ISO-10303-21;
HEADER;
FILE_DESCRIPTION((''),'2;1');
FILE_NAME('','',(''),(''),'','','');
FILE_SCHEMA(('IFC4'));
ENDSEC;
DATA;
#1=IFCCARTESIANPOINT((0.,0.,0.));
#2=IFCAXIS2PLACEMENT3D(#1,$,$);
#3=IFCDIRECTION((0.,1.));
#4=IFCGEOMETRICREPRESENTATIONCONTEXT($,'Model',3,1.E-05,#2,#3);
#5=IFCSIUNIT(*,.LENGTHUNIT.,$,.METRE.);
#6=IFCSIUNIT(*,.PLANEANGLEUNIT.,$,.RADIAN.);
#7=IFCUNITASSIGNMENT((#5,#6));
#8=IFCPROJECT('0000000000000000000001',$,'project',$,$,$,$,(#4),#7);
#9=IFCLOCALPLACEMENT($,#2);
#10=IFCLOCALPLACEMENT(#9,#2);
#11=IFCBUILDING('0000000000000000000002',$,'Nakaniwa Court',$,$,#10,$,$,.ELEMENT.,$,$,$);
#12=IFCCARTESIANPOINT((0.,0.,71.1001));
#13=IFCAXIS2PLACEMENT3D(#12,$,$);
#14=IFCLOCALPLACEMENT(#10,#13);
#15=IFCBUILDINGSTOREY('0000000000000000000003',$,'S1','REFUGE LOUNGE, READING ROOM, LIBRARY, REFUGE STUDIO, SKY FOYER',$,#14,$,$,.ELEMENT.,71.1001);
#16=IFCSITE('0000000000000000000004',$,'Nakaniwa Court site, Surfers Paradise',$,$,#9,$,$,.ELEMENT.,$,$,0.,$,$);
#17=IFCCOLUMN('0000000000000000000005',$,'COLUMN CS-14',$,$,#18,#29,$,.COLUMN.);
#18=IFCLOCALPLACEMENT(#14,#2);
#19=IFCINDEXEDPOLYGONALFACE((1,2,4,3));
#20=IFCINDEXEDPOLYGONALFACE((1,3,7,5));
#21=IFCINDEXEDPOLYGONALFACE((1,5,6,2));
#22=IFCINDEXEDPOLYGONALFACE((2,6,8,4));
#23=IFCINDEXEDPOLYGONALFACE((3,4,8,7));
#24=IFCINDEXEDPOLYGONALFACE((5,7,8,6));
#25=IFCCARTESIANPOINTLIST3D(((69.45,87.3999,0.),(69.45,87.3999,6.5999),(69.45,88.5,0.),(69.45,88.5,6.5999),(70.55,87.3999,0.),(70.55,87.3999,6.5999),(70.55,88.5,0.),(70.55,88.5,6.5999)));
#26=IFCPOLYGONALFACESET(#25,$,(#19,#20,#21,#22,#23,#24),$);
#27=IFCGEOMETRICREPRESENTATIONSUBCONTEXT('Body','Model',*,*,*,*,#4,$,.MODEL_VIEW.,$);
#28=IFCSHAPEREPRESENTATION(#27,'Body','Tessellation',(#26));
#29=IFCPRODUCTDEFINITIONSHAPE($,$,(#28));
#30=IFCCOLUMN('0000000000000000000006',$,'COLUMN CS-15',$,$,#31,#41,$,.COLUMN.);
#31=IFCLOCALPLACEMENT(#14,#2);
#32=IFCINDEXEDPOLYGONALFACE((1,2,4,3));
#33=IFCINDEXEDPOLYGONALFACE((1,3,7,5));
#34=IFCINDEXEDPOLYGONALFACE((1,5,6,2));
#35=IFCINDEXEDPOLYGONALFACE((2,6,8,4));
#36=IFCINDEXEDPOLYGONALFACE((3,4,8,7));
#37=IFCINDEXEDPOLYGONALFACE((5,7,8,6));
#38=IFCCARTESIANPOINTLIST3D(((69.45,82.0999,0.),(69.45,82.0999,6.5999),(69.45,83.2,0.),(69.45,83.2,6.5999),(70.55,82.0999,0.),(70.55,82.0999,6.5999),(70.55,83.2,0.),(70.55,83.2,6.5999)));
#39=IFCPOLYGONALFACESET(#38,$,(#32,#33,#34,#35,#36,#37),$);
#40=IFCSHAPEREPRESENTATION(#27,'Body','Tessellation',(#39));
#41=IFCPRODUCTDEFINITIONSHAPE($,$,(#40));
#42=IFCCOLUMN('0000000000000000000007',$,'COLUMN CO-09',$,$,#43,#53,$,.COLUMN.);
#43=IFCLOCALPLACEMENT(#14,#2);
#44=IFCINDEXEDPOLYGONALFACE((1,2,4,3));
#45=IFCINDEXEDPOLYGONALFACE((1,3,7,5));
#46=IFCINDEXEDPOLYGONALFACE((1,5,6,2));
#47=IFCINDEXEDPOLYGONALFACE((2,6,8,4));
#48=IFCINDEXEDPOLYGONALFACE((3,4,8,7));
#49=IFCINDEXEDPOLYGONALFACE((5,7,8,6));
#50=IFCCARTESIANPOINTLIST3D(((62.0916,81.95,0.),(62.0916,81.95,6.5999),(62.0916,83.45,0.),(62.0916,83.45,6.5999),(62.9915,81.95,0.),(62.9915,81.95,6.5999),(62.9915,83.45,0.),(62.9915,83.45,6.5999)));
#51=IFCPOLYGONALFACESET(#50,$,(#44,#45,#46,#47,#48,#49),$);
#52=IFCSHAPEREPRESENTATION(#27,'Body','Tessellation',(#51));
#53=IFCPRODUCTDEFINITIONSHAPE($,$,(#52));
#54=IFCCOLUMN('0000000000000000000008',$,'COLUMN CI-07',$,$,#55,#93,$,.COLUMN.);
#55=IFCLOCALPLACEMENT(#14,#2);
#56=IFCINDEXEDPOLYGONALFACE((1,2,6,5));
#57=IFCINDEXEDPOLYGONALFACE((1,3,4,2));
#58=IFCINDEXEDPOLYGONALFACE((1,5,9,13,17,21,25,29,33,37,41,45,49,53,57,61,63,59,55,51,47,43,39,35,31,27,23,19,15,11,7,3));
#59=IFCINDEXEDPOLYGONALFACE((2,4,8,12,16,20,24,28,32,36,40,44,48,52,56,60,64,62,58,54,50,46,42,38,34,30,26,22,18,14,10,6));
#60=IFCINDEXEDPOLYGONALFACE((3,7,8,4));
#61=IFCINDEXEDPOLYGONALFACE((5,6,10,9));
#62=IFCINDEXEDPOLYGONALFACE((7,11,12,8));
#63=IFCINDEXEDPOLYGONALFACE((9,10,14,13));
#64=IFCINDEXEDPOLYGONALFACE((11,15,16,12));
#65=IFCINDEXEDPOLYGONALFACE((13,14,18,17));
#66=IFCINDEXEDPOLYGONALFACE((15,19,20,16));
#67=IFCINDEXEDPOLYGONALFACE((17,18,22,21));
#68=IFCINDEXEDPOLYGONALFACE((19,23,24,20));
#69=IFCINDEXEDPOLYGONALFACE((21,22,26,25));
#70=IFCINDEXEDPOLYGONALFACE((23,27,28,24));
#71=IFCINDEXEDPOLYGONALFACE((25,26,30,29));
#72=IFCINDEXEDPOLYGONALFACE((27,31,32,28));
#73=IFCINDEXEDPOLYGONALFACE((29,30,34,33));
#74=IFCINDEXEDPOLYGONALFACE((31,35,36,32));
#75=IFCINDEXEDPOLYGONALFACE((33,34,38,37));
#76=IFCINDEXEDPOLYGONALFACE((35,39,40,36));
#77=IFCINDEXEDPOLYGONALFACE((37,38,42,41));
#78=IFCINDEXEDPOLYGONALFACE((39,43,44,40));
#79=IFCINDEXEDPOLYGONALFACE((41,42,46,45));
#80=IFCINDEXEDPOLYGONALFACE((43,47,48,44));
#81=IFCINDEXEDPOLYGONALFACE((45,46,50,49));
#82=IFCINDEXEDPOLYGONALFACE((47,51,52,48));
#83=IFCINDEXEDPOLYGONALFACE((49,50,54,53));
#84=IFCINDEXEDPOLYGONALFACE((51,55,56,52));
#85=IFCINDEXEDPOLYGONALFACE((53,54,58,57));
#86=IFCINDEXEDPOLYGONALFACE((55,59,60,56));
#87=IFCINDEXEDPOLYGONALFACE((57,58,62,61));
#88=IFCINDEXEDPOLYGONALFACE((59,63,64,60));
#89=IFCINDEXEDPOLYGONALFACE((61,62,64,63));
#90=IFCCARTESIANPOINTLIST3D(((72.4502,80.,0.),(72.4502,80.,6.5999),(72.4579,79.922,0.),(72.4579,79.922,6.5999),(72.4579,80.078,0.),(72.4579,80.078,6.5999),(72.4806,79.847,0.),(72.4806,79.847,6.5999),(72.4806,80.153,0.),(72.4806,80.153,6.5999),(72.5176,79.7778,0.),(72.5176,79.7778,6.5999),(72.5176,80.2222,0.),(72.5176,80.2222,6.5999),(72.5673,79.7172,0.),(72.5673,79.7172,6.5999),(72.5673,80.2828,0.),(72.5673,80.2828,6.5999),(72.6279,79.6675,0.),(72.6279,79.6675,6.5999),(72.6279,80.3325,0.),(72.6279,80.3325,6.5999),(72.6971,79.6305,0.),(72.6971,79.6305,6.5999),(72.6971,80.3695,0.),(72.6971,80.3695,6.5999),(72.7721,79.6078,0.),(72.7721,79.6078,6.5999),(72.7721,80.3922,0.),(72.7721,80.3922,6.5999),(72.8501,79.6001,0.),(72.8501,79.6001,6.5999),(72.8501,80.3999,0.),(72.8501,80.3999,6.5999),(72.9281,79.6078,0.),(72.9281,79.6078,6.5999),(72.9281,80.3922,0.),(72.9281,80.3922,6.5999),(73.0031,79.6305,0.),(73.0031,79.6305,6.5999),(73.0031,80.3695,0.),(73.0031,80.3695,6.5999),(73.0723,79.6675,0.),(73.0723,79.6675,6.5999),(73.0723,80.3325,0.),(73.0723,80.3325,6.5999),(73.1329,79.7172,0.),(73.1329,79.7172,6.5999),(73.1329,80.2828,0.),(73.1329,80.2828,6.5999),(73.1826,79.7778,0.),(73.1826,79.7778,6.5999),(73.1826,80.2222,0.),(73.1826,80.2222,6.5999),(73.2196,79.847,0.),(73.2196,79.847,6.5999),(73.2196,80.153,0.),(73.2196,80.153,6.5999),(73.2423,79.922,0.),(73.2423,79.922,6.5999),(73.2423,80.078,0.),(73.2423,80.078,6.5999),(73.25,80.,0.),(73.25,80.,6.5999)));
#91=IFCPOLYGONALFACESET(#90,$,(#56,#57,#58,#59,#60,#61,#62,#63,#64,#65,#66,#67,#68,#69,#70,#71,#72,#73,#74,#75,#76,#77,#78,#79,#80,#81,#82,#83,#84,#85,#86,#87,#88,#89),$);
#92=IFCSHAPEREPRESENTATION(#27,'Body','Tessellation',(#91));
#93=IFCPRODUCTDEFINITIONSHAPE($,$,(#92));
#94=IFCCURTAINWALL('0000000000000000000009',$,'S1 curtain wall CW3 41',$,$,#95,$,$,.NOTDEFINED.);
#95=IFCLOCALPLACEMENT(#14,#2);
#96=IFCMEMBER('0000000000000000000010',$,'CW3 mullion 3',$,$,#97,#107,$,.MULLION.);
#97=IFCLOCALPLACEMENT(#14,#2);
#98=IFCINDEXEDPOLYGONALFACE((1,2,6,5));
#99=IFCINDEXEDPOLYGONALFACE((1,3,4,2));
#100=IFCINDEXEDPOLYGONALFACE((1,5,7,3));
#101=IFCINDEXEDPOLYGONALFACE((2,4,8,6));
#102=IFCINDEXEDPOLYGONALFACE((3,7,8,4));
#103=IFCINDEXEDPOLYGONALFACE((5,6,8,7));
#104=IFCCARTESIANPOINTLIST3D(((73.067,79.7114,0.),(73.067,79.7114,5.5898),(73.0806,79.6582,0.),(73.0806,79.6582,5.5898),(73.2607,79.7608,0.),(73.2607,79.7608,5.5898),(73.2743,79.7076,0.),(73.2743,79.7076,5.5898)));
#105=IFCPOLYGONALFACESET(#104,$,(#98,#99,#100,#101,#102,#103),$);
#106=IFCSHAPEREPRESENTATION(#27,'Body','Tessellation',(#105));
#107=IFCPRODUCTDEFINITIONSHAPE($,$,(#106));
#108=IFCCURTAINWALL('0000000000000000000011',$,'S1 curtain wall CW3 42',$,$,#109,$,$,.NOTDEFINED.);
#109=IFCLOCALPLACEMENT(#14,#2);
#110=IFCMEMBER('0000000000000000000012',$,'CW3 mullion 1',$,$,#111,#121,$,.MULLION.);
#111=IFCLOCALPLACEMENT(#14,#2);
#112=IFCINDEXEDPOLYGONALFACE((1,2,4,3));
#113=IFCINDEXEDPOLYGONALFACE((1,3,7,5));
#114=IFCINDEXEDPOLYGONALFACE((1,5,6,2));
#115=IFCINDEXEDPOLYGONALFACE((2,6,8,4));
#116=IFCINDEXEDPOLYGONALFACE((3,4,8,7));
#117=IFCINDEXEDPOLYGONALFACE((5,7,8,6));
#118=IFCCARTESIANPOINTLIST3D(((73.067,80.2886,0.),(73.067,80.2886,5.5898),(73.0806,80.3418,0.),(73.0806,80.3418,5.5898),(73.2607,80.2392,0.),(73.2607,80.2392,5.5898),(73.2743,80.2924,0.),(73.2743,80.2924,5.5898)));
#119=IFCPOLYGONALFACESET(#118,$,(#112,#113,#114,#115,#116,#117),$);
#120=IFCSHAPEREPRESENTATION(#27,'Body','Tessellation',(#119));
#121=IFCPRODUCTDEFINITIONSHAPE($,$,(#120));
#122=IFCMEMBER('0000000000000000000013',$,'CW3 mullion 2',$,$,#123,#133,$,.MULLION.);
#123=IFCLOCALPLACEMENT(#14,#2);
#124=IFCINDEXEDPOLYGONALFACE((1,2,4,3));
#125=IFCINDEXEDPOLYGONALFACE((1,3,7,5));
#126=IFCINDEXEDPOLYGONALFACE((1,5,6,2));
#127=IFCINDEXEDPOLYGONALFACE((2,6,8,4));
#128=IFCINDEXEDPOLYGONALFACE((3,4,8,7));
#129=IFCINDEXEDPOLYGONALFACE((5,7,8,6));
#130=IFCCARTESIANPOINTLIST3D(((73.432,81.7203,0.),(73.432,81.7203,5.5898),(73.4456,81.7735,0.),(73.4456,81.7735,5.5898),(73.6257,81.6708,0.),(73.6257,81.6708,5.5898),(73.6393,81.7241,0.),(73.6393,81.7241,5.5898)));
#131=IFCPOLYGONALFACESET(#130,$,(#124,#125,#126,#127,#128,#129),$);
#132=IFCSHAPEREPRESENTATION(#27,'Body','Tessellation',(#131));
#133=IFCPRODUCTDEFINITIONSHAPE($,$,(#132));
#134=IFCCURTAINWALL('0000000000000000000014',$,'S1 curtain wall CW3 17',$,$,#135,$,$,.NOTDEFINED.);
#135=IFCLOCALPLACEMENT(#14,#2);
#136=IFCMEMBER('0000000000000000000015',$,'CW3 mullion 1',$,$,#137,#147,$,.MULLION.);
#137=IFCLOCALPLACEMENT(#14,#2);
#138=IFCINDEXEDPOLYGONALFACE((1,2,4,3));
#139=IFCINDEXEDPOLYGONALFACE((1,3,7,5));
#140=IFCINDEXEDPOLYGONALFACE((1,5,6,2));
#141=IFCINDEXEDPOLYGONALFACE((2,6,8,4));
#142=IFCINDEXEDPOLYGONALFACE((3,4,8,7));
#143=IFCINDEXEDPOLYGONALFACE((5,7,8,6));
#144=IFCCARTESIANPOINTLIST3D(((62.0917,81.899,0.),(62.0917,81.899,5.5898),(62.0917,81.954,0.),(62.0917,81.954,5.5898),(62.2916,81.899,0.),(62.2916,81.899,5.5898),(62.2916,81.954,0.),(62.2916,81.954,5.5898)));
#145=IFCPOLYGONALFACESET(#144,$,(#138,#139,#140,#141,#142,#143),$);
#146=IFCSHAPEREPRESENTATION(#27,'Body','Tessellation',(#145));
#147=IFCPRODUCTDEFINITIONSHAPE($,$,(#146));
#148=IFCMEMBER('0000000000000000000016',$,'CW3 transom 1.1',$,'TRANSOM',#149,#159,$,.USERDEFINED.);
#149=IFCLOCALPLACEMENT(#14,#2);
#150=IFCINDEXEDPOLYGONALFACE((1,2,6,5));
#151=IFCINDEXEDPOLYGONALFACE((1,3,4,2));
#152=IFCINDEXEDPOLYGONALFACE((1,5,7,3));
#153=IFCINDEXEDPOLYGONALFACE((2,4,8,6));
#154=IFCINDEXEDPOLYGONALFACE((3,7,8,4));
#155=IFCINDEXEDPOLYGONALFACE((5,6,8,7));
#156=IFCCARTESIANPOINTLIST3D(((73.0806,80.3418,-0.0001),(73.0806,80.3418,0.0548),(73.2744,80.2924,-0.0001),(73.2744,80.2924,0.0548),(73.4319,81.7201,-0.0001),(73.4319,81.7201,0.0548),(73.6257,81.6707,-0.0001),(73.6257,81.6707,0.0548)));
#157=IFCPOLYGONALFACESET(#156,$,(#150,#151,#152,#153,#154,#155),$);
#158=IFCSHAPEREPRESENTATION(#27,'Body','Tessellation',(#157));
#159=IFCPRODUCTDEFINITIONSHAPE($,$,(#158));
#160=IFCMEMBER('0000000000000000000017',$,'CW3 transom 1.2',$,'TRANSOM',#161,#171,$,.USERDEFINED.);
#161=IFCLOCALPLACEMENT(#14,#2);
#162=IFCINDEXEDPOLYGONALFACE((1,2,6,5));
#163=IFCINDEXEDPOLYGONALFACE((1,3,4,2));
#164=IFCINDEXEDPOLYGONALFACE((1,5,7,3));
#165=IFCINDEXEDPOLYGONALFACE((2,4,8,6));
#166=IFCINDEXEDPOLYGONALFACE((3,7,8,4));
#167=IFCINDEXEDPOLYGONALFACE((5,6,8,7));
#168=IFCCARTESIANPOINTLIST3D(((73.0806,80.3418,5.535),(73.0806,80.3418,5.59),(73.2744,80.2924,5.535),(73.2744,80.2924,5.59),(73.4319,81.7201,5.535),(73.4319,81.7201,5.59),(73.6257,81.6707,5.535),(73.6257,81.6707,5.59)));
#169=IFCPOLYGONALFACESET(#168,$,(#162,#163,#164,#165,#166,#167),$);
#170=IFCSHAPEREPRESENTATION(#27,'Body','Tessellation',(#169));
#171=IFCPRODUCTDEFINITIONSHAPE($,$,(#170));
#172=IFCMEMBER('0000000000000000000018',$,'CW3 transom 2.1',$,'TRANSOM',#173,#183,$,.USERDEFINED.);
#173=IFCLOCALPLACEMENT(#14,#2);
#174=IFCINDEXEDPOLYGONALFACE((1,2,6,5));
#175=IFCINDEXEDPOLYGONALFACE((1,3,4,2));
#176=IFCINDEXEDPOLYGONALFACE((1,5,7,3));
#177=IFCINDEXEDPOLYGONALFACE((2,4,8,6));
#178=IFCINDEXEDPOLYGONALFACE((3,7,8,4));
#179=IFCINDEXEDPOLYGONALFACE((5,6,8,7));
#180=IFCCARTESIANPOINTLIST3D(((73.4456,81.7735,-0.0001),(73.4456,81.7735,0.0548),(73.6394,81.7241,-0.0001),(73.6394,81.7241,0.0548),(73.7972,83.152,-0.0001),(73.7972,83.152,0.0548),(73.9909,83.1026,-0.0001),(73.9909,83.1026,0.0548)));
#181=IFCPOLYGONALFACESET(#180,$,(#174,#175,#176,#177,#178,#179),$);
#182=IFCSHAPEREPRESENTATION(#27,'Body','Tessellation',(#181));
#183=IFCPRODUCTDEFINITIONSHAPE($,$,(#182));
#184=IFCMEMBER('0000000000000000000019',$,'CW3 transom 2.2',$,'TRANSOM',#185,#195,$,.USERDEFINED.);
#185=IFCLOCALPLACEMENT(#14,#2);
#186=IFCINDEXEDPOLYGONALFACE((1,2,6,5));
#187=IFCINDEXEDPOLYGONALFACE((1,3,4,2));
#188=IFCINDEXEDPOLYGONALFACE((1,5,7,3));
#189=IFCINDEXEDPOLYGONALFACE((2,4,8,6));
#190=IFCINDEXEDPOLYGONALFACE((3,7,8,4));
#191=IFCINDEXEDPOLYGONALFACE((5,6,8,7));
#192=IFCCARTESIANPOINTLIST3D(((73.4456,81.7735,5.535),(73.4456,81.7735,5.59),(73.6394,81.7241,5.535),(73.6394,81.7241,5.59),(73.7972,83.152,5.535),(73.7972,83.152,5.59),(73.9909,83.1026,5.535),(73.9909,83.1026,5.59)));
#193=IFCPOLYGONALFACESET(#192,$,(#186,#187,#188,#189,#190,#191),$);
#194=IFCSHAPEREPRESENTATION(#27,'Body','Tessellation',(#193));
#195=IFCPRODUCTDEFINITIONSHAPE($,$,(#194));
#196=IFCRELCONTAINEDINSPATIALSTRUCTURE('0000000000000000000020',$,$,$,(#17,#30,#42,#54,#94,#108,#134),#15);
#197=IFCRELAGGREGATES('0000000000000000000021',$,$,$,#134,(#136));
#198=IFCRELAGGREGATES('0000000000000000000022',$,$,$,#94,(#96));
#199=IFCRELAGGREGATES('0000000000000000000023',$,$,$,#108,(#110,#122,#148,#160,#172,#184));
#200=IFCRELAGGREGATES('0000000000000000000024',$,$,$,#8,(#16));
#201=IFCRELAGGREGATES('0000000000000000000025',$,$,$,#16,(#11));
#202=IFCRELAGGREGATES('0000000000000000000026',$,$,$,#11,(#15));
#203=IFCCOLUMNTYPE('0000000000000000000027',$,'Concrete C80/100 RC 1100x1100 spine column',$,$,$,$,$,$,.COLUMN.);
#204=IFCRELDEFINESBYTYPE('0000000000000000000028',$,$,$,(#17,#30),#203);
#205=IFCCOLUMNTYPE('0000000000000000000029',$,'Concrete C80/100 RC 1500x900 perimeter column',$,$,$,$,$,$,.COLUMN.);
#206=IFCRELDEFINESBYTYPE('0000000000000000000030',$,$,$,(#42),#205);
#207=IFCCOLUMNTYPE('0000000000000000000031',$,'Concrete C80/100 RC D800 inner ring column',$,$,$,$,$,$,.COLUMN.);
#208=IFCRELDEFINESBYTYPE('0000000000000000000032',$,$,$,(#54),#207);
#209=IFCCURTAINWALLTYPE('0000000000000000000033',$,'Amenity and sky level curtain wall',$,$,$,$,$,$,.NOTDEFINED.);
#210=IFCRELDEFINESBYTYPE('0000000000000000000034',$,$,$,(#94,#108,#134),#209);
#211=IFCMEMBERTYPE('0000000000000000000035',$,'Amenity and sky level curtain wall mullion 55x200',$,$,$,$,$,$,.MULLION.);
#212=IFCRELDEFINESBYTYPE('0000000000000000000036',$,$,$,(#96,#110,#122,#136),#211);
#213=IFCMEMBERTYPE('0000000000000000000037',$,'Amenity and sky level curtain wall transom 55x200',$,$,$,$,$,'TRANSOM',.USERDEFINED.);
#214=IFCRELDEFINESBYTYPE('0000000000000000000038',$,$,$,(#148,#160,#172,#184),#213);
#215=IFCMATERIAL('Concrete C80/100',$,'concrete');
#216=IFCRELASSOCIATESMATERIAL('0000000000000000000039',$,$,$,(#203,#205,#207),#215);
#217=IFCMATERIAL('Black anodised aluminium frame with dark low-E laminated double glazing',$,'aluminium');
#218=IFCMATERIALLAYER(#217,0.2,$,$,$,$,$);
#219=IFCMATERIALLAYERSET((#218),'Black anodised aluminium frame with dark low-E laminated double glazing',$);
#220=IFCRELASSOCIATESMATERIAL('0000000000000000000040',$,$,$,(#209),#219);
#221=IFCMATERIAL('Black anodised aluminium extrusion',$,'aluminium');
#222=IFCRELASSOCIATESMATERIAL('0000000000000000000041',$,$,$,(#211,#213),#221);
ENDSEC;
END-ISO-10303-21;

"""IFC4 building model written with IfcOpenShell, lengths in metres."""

from ifc_helpers import new_model, si_unit, direction, frame, origin, origin_2d, place, context, subcontext, project, spatial, rectangle, circle, extrude, material, layer, layer_set, material_profile, profile_set, type_object, element, aggregate, save


model = new_model("IFC4")

# Units and contexts
model_context = context("Model", 3, precision=1e-05, world=origin(), true_north=direction((0.0, 1.0)))
body_context = subcontext(model_context, "Body", "Model", "MODEL_VIEW")
ifc_project = project(units=[si_unit("LENGTHUNIT", "METRE"), si_unit("PLANEANGLEUNIT", "RADIAN")], contexts=[model_context])

# Site, building, storey
site_placement = place(None, origin())
site = spatial("IfcSite", under=ifc_project, at=site_placement, Name="Nakaniwa Court site, Surfers Paradise", CompositionType="ELEMENT", RefElevation=0.0)
building_placement = place(site_placement, origin())
building = spatial("IfcBuilding", under=site, at=building_placement, Name="Nakaniwa Court", CompositionType="ELEMENT")
storey_placement = place(building_placement, frame((0.0, 0.0, 71.1001)))
storey = spatial("IfcBuildingStorey", under=building, at=storey_placement, Name="S1", Description="REFUGE LOUNGE, READING ROOM, LIBRARY, REFUGE STUDIO, SKY FOYER", CompositionType="ELEMENT", Elevation=71.1001)

# Columns
ifc_material_1 = material(Name="Concrete C80/100", Category="concrete")
ifc_material_profile_1 = material_profile(ifc_material_1, rectangle(XDim=1.1001, YDim=1.1001, at=origin_2d()), Name="Concrete C80/100 RC 1100x1100 spine column")
ifc_profile_set_1 = profile_set([ifc_material_profile_1], Name="Concrete C80/100")
column_type_1 = type_object("IfcColumnType", Name="Concrete C80/100 RC 1100x1100 spine column", PredefinedType="COLUMN", material=ifc_profile_set_1)
for number, where, z_axis, x_axis, name in (
    (1, (70.0, 87.95, 0.0), (0.0, 0.0, 1.0), (0.0, -1.0, 0.0), "COLUMN CS-14"),
    (2, (70.0, 82.6499, 0.0), (0.0, 0.0, 1.0), (0.0, -1.0, 0.0), "COLUMN CS-15"),
):
    element("IfcColumn", number, at=place(storey_placement, frame(where, z_axis=z_axis, x_axis=x_axis)), inside=storey, type_object=column_type_1, Name=name, PredefinedType="COLUMN", context=body_context, shape_type="SweptSolid", body=[
        extrude(rectangle(XDim=1.1001, YDim=1.1001, at=origin_2d()), origin(), (0.0, 0.0, 1.0), 6.5999),
    ])
ifc_material_profile_2 = material_profile(ifc_material_1, rectangle(XDim=1.5, YDim=0.8999, at=origin_2d()), Name="Concrete C80/100 RC 1500x900 perimeter column")
ifc_profile_set_2 = profile_set([ifc_material_profile_2], Name="Concrete C80/100")
column_type_2 = type_object("IfcColumnType", Name="Concrete C80/100 RC 1500x900 perimeter column", PredefinedType="COLUMN", material=ifc_profile_set_2)
column_1_placement = place(storey_placement, frame((62.5415, 82.7, 0.0), z_axis=(0.0, 0.0, 1.0), x_axis=(0.0, -1.0, 0.0)))
element("IfcColumn", 3, at=column_1_placement, inside=storey, type_object=column_type_2, Name="COLUMN CO-09", PredefinedType="COLUMN", context=body_context, shape_type="SweptSolid", body=[
    extrude(rectangle(XDim=1.5, YDim=0.8999, at=origin_2d()), origin(), (0.0, 0.0, 1.0), 6.5999),
])
ifc_material_profile_3 = material_profile(ifc_material_1, circle(Radius=0.3999, at=origin_2d()), Name="Concrete C80/100 RC D800 inner ring column")
ifc_profile_set_3 = profile_set([ifc_material_profile_3], Name="Concrete C80/100")
column_type_3 = type_object("IfcColumnType", Name="Concrete C80/100 RC D800 inner ring column", PredefinedType="COLUMN", material=ifc_profile_set_3)
column_2_placement = place(storey_placement, frame((72.8501, 80.0, 0.0), z_axis=(0.0, 0.0, 1.0), x_axis=(0.0, -1.0, 0.0)))
element("IfcColumn", 4, at=column_2_placement, inside=storey, type_object=column_type_3, Name="COLUMN CI-07", PredefinedType="COLUMN", context=body_context, shape_type="SweptSolid", body=[
    extrude(circle(Radius=0.3999, at=origin_2d()), origin(), (0.0, 0.0, 1.0), 6.5999),
])

# Curtain wall, member
ifc_material_2 = material(Name="Black anodised aluminium frame with dark low-E laminated double glazing", Category="aluminium")
ifc_layer_1 = layer(ifc_material_2, 0.2)
ifc_layer_set_1 = layer_set([ifc_layer_1], Name="Black anodised aluminium frame with dark low-E laminated double glazing")
curtain_wall_type = type_object("IfcCurtainWallType", Name="Amenity and sky level curtain wall", PredefinedType="NOTDEFINED", material=ifc_layer_set_1)
curtain_wall_1_placement = place(storey_placement, origin())
curtain_wall_1 = element("IfcCurtainWall", 5, at=curtain_wall_1_placement, inside=storey, type_object=curtain_wall_type, Name="S1 curtain wall CW3 41", PredefinedType="NOTDEFINED")
ifc_material_3 = material(Name="Black anodised aluminium extrusion", Category="aluminium")
ifc_material_profile_4 = material_profile(ifc_material_3, rectangle(XDim=0.2, YDim=0.0549, at=origin_2d()), Name="Amenity and sky level curtain wall mullion 55x200")
ifc_profile_set_4 = profile_set([ifc_material_profile_4], Name="Black anodised aluminium extrusion")
member_type_1 = type_object("IfcMemberType", Name="Amenity and sky level curtain wall mullion 55x200", PredefinedType="MULLION", material=ifc_profile_set_4)
member_1_placement = place(storey_placement, frame((73.1707, 79.7095, 0.0), z_axis=(0.0, 0.0, 1.0), x_axis=(-0.968986, -0.247114, 0.0)))
member_1 = element("IfcMember", 6, at=member_1_placement, type_object=member_type_1, Name="CW3 mullion 3", PredefinedType="MULLION", context=body_context, shape_type="SweptSolid", body=[
    extrude(rectangle(XDim=0.2, YDim=0.0549, at=origin_2d()), origin(), (0.0, 0.0, 1.0), 5.5898),
])

# Curtain wall, members
curtain_wall_2_placement = place(storey_placement, origin())
curtain_wall_2 = element("IfcCurtainWall", 7, at=curtain_wall_2_placement, inside=storey, type_object=curtain_wall_type, Name="S1 curtain wall CW3 42", PredefinedType="NOTDEFINED")
member_2_placement = place(storey_placement, frame((73.1707, 80.2905, 0.0), z_axis=(0.0, 0.0, 1.0), x_axis=(-0.968986, 0.247114, 0.0)))
member_2 = element("IfcMember", 8, at=member_2_placement, type_object=member_type_1, Name="CW3 mullion 1", PredefinedType="MULLION", context=body_context, shape_type="SweptSolid", body=[
    extrude(rectangle(XDim=0.2, YDim=0.0549, at=origin_2d()), origin(), (0.0, 0.0, 1.0), 5.5898),
])
member_3_placement = place(storey_placement, frame((73.5356, 81.7222, 0.0), z_axis=(0.0, 0.0, 1.0), x_axis=(-0.968986, 0.247114, 0.0)))
member_3 = element("IfcMember", 9, at=member_3_placement, type_object=member_type_1, Name="CW3 mullion 2", PredefinedType="MULLION", context=body_context, shape_type="SweptSolid", body=[
    extrude(rectangle(XDim=0.2, YDim=0.0549, at=origin_2d()), origin(), (0.0, 0.0, 1.0), 5.5898),
])

# Curtain wall, member
curtain_wall_3_placement = place(storey_placement, origin())
curtain_wall_3 = element("IfcCurtainWall", 10, at=curtain_wall_3_placement, inside=storey, type_object=curtain_wall_type, Name="S1 curtain wall CW3 17", PredefinedType="NOTDEFINED")
member_4_placement = place(storey_placement, frame((62.1917, 81.9265, 0.0), z_axis=(0.0, 0.0, 1.0), x_axis=(1.0, 0.0, 0.0)))
member_4 = element("IfcMember", 11, at=member_4_placement, type_object=member_type_1, Name="CW3 mullion 1", PredefinedType="MULLION", context=body_context, shape_type="SweptSolid", body=[
    extrude(rectangle(XDim=0.2, YDim=0.0549, at=origin_2d()), origin(), (0.0, 0.0, 1.0), 5.5898),
])
aggregate(curtain_wall_3, [member_4])

# Members
ifc_material_profile_5 = material_profile(ifc_material_3, rectangle(XDim=0.2, YDim=0.0549, at=origin_2d()), Name="Amenity and sky level curtain wall transom 55x200")
ifc_profile_set_5 = profile_set([ifc_material_profile_5], Name="Black anodised aluminium extrusion")
member_type_2 = type_object("IfcMemberType", Name="Amenity and sky level curtain wall transom 55x200", ElementType="TRANSOM", PredefinedType="USERDEFINED", material=ifc_profile_set_5)
member_5_placement = place(storey_placement, frame((73.1775, 80.3171, 0.0273), z_axis=(0.246975, 0.969022, 0.0), x_axis=(-0.969022, 0.246975, 0.0)))
member_5 = element("IfcMember", 12, at=member_5_placement, type_object=member_type_2, Name="CW3 transom 1.1", ObjectType="TRANSOM", PredefinedType="USERDEFINED", context=body_context, shape_type="SweptSolid", body=[
    extrude(rectangle(XDim=0.2, YDim=0.0549, at=origin_2d()), origin(), (0.0, 0.0, 1.0), 1.4224),
])
member_6_placement = place(storey_placement, frame((73.1775, 80.3171, 5.5625), z_axis=(0.246975, 0.969022, 0.0), x_axis=(-0.969022, 0.246975, 0.0)))
member_6 = element("IfcMember", 13, at=member_6_placement, type_object=member_type_2, Name="CW3 transom 1.2", ObjectType="TRANSOM", PredefinedType="USERDEFINED", context=body_context, shape_type="SweptSolid", body=[
    extrude(rectangle(XDim=0.2, YDim=0.0549, at=origin_2d()), origin(), (0.0, 0.0, 1.0), 1.4224),
])
member_7_placement = place(storey_placement, frame((73.5425, 81.7488, 0.0273), z_axis=(0.247136, 0.968981, 0.0), x_axis=(-0.968981, 0.247136, 0.0)))
member_7 = element("IfcMember", 14, at=member_7_placement, type_object=member_type_2, Name="CW3 transom 2.1", ObjectType="TRANSOM", PredefinedType="USERDEFINED", context=body_context, shape_type="SweptSolid", body=[
    extrude(rectangle(XDim=0.2, YDim=0.0549, at=origin_2d()), origin(), (0.0, 0.0, 1.0), 1.4226),
])
member_8_placement = place(storey_placement, frame((73.5425, 81.7488, 5.5625), z_axis=(0.247136, 0.968981, 0.0), x_axis=(-0.968981, 0.247136, 0.0)))
member_8 = element("IfcMember", 15, at=member_8_placement, type_object=member_type_2, Name="CW3 transom 2.2", ObjectType="TRANSOM", PredefinedType="USERDEFINED", context=body_context, shape_type="SweptSolid", body=[
    extrude(rectangle(XDim=0.2, YDim=0.0549, at=origin_2d()), origin(), (0.0, 0.0, 1.0), 1.4226),
])

aggregate(curtain_wall_1, [member_1])
aggregate(curtain_wall_2, [member_2, member_3, member_5, member_6, member_7, member_8])

save(model, "model.ifc")
